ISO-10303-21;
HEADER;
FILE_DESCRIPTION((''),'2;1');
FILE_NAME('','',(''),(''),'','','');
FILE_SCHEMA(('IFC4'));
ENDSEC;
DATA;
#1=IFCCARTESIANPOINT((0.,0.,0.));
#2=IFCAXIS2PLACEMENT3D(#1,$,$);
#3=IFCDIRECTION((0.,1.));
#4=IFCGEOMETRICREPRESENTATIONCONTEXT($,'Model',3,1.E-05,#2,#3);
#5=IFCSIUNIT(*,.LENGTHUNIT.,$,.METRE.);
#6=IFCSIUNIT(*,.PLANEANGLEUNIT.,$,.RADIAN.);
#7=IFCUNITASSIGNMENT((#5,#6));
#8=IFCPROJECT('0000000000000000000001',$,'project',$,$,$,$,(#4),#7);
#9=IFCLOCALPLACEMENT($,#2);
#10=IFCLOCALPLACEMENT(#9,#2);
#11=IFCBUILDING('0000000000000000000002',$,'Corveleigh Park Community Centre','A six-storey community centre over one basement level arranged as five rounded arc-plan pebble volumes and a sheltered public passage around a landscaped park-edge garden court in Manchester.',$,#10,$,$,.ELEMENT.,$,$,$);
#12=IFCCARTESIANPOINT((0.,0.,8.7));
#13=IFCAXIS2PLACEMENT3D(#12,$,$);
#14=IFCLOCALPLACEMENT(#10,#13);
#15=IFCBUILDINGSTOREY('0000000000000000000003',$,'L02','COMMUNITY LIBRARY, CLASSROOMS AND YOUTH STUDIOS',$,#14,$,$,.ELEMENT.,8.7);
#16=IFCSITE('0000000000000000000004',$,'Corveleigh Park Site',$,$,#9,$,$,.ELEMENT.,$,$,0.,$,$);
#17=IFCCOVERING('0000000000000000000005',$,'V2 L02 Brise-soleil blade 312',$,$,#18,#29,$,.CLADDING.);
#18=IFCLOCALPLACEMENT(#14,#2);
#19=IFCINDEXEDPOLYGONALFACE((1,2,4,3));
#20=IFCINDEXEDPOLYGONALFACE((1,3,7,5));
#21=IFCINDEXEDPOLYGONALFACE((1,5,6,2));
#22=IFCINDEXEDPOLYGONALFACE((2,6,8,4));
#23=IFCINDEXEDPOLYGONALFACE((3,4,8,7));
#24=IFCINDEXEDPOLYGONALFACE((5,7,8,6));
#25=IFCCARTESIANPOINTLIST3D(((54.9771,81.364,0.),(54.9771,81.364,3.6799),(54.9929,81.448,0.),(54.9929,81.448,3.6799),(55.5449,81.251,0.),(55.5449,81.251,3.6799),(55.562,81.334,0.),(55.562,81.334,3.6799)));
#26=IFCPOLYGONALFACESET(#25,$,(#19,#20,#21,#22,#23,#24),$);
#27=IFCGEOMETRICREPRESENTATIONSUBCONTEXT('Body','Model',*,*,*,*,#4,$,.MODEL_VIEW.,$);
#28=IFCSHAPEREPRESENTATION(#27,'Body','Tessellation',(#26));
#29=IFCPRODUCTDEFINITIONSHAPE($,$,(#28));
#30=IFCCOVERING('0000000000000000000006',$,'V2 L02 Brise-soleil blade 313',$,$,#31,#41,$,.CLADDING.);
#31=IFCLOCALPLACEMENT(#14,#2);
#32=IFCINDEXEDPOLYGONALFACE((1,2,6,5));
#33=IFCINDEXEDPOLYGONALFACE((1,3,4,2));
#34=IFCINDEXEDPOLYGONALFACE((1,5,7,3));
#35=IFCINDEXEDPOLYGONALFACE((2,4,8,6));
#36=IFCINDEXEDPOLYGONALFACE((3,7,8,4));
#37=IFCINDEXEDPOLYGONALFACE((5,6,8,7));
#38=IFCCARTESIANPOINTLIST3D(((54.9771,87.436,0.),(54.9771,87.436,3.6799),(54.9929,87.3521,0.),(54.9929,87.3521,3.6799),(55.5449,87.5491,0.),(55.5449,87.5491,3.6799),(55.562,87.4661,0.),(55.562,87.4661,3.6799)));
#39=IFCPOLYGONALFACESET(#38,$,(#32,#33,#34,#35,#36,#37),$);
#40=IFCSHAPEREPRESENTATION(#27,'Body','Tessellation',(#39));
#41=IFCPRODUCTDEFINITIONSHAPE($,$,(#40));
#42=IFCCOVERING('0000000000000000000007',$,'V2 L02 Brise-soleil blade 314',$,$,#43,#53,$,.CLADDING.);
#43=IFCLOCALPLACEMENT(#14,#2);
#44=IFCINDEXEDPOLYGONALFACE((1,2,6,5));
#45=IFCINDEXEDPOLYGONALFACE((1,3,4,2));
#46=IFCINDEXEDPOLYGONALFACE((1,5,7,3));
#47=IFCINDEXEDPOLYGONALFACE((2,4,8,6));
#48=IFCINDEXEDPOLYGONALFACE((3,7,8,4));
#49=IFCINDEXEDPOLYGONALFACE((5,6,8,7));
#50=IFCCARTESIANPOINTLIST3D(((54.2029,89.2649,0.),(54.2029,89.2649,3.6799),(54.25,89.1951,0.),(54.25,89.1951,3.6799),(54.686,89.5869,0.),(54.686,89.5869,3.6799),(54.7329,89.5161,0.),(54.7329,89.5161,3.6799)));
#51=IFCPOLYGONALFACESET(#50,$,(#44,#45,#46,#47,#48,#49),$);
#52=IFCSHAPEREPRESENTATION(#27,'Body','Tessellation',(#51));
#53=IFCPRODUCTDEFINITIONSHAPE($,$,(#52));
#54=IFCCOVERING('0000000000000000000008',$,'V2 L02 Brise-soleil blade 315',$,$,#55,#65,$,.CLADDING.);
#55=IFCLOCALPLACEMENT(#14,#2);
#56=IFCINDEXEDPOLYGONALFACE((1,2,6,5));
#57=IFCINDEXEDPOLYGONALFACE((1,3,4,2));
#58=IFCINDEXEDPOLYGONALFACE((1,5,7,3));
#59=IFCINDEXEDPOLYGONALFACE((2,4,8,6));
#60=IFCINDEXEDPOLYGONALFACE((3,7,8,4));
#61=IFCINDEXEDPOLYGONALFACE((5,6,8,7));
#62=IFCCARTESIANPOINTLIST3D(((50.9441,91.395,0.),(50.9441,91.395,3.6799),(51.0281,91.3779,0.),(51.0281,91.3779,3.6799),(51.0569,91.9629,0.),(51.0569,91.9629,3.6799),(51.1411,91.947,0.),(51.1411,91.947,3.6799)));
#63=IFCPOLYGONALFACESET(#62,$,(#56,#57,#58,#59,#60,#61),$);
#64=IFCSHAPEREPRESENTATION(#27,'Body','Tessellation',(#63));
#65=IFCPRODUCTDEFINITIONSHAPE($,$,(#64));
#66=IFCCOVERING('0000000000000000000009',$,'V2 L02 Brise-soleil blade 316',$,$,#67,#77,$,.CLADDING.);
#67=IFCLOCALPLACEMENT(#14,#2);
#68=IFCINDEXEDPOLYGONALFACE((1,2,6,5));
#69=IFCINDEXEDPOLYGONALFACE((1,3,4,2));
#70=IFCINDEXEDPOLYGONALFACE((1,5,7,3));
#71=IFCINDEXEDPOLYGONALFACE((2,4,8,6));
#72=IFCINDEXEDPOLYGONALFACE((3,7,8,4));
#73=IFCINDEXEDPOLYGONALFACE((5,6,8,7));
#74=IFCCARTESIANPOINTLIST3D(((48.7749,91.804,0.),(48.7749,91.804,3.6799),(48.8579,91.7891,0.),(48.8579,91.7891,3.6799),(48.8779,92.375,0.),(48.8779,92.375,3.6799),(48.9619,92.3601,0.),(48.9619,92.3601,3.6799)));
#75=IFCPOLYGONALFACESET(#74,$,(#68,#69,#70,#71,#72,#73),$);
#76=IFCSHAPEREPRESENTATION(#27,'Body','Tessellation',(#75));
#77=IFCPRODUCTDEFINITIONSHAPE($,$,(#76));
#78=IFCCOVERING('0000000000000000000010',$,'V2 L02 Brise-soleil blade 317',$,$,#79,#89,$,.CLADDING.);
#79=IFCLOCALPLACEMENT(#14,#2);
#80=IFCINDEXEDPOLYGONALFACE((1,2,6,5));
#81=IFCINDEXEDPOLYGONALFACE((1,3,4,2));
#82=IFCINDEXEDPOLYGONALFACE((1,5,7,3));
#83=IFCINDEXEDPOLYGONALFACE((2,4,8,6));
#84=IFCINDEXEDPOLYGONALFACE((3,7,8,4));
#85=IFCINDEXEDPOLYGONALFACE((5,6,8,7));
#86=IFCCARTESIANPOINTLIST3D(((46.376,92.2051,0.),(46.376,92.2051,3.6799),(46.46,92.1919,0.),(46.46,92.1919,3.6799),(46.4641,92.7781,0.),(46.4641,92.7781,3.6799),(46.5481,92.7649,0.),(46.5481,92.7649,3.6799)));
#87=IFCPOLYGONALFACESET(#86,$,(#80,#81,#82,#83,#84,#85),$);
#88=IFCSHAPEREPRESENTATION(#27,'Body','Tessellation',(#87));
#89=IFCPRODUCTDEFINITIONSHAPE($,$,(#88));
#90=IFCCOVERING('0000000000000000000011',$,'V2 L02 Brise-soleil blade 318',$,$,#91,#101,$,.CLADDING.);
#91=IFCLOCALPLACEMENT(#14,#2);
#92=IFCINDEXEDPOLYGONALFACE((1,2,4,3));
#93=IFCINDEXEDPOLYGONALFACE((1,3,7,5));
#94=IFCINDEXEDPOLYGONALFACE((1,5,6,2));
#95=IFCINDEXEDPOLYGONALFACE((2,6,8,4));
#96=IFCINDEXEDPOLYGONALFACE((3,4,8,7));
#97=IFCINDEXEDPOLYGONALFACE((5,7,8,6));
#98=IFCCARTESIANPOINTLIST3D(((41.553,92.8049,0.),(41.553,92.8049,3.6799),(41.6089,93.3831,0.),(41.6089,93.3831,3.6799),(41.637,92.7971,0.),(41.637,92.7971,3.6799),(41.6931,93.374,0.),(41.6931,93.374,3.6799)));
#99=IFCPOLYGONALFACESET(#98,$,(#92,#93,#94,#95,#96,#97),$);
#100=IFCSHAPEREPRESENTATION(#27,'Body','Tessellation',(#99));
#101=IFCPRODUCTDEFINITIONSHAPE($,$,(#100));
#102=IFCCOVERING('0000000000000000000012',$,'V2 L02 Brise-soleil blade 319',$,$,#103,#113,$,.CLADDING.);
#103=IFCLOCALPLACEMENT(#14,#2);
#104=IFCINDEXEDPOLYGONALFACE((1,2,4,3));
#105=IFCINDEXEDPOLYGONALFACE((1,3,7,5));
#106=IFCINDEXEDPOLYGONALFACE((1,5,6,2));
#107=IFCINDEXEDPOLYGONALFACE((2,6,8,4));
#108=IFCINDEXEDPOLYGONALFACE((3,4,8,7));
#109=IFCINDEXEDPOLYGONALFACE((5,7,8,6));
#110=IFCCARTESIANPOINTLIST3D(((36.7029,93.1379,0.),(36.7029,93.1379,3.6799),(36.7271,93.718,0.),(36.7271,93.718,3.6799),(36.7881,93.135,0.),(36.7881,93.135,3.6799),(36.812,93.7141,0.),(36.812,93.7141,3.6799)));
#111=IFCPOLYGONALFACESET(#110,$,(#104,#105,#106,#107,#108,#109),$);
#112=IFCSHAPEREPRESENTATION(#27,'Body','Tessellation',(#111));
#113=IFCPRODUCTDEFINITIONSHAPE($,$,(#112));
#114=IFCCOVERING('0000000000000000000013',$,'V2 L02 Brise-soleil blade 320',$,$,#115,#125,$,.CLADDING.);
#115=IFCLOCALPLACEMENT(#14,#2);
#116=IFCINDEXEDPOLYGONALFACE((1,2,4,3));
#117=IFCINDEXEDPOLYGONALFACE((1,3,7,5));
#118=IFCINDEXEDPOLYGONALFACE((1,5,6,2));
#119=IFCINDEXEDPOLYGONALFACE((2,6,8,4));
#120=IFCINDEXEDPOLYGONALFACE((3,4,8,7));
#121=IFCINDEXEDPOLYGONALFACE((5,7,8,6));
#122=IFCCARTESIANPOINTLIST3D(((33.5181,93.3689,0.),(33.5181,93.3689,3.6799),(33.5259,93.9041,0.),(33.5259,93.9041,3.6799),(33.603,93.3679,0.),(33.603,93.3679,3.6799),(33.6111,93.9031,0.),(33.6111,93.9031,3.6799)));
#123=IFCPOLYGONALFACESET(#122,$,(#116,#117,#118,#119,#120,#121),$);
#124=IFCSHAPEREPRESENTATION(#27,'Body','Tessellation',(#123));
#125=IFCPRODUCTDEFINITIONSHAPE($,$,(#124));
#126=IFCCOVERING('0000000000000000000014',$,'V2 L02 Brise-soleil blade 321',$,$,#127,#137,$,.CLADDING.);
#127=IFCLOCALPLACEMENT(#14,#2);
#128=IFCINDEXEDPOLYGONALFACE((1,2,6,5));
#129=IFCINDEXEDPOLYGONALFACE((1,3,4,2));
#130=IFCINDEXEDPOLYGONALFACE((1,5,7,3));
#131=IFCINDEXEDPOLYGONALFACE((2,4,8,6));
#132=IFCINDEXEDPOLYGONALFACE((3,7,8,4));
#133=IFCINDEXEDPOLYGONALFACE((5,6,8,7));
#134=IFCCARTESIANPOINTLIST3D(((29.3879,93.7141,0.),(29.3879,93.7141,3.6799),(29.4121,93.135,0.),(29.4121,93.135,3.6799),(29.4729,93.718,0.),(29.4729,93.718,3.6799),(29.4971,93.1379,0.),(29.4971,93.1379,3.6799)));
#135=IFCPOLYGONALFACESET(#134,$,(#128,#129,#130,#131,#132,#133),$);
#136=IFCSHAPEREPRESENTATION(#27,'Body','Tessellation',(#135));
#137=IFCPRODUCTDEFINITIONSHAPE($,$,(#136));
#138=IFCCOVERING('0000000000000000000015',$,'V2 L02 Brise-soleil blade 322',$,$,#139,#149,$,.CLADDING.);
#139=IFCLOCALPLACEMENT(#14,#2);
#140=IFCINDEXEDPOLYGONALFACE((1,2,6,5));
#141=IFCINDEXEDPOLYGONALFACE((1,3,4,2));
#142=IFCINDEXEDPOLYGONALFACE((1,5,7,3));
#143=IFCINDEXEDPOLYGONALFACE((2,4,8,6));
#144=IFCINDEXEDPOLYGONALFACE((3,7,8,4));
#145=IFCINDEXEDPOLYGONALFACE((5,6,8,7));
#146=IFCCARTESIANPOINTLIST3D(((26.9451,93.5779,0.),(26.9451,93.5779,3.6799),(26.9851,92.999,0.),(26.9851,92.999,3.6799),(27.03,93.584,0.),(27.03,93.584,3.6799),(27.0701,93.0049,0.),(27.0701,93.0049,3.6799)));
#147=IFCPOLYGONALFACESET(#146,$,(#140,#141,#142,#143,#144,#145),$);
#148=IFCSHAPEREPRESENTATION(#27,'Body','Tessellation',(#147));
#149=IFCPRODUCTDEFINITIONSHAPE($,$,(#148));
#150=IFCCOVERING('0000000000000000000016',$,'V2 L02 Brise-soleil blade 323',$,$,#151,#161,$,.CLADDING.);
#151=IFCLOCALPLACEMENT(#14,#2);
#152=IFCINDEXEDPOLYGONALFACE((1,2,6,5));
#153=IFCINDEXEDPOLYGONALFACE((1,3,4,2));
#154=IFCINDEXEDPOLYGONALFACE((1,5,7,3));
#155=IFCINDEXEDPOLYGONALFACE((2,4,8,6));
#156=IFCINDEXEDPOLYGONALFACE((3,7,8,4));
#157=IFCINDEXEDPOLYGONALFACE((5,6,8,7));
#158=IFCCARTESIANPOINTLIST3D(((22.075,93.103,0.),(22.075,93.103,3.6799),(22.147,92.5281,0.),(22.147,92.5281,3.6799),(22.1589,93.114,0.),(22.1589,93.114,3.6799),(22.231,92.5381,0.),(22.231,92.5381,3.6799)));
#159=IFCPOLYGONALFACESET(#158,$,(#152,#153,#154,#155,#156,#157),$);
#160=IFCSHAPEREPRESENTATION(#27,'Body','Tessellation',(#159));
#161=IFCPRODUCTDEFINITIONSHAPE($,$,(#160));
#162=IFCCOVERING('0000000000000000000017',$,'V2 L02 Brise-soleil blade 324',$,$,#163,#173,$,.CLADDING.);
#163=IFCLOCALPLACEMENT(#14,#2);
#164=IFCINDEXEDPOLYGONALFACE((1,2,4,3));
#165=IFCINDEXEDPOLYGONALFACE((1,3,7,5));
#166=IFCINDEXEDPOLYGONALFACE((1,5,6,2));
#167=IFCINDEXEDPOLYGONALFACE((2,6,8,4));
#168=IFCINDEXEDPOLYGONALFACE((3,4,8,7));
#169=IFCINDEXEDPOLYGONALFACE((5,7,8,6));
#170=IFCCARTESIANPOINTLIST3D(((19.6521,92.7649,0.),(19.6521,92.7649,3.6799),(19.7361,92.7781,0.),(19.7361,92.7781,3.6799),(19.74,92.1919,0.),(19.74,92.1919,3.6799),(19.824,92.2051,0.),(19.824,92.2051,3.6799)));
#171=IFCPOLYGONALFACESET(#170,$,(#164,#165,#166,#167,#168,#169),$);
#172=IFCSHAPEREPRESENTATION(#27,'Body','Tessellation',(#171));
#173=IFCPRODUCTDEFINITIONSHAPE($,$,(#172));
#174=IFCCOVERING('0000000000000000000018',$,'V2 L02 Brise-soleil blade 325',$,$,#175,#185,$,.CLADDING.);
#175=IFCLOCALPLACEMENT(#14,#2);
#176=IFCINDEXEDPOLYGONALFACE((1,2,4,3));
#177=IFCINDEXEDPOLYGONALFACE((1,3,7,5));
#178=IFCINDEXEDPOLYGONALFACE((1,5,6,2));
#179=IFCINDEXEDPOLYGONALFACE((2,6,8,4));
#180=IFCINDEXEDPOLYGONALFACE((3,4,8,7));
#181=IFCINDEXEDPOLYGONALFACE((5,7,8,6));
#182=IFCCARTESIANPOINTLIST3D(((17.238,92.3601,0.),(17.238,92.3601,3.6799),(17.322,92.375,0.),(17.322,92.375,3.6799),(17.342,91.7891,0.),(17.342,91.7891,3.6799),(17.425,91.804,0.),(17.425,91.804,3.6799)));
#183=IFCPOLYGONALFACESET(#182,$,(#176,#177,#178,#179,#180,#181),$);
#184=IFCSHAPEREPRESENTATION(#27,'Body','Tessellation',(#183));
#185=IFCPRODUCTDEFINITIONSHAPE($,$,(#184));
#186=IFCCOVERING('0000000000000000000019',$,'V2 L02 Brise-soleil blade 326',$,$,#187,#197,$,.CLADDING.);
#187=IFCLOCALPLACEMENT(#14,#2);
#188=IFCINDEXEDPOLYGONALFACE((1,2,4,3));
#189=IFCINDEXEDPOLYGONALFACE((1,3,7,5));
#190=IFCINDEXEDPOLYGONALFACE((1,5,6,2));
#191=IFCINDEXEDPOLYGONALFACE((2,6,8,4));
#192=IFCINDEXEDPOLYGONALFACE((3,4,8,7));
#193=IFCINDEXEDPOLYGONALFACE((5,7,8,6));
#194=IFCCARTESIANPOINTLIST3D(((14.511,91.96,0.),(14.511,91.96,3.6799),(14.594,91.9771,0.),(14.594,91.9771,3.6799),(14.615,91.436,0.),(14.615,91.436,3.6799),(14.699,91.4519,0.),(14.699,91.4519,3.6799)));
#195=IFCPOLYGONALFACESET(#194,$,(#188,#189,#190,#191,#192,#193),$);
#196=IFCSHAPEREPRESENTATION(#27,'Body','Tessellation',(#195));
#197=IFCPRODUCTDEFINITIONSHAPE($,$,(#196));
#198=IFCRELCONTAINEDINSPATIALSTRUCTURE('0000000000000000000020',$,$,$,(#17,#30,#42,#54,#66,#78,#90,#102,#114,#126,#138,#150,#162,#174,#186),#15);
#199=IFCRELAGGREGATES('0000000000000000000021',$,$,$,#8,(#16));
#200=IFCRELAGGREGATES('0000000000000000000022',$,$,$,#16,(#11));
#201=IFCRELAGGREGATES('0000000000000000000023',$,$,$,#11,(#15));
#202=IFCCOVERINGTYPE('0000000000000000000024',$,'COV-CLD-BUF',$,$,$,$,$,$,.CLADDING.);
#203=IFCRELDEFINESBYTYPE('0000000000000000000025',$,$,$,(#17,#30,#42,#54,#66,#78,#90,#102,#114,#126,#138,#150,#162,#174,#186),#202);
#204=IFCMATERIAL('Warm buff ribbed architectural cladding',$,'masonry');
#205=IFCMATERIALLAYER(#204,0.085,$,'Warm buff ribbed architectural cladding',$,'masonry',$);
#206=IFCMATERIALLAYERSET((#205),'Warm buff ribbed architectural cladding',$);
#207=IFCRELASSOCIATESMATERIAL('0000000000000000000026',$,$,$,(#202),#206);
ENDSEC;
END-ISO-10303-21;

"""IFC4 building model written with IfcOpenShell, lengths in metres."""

from ifc_helpers import new_model, si_unit, direction, frame, origin, place, context, subcontext, project, spatial, polyline, outline, extrude, material, layer, layer_set, type_object, element, save


model = new_model("IFC4")

# Units and contexts
model_context = context("Model", 3, precision=1e-05, world=origin(), true_north=direction((0.0, 1.0)))
body_context = subcontext(model_context, "Body", "Model", "MODEL_VIEW")
ifc_project = project(units=[si_unit("LENGTHUNIT", "METRE"), si_unit("PLANEANGLEUNIT", "RADIAN")], contexts=[model_context])

# Site, building, storey
site_placement = place(None, origin())
site = spatial("IfcSite", under=ifc_project, at=site_placement, Name="Corveleigh Park Site", CompositionType="ELEMENT", RefElevation=0.0)
building_placement = place(site_placement, origin())
building = spatial("IfcBuilding", under=site, at=building_placement, Name="Corveleigh Park Community Centre", Description="A six-storey community centre over one basement level arranged as five rounded arc-plan pebble volumes and a sheltered public passage around a landscaped park-edge garden court in Manchester.", CompositionType="ELEMENT")
storey_placement = place(building_placement, frame((0.0, 0.0, 8.7)))
storey = spatial("IfcBuildingStorey", under=building, at=storey_placement, Name="L02", Description="COMMUNITY LIBRARY, CLASSROOMS AND YOUTH STUDIOS", CompositionType="ELEMENT", Elevation=8.7)

# Coverings
ifc_material = material(Name="Warm buff ribbed architectural cladding", Category="masonry")
ifc_layer = layer(ifc_material, 0.085, Name="Warm buff ribbed architectural cladding", Category="masonry")
ifc_layer_set = layer_set([ifc_layer], Name="Warm buff ribbed architectural cladding")
covering_type = type_object("IfcCoveringType", Name="COV-CLD-BUF", PredefinedType="CLADDING", material=ifc_layer_set)
covering_1_placement = place(storey_placement, origin())
element("IfcCovering", 1, at=covering_1_placement, inside=storey, type_object=covering_type, Name="V2 L02 Brise-soleil blade 312", PredefinedType="CLADDING", context=body_context, shape_type="SweptSolid", body=[
    extrude(outline(polyline([(54.9929, 81.448), (54.9771, 81.364), (55.5449, 81.251), (55.562, 81.334), (54.9929, 81.448)])), origin(), (0.0, 0.0, 1.0), 3.6799),
])
covering_2_placement = place(storey_placement, origin())
element("IfcCovering", 2, at=covering_2_placement, inside=storey, type_object=covering_type, Name="V2 L02 Brise-soleil blade 313", PredefinedType="CLADDING", context=body_context, shape_type="SweptSolid", body=[
    extrude(outline(polyline([(54.9771, 87.436), (54.9929, 87.3521), (55.562, 87.4661), (55.5449, 87.5491), (54.9771, 87.436)])), origin(), (0.0, 0.0, 1.0), 3.6799),
])
covering_3_placement = place(storey_placement, origin())
element("IfcCovering", 3, at=covering_3_placement, inside=storey, type_object=covering_type, Name="V2 L02 Brise-soleil blade 314", PredefinedType="CLADDING", context=body_context, shape_type="SweptSolid", body=[
    extrude(outline(polyline([(54.2029, 89.2649), (54.25, 89.1951), (54.7329, 89.5161), (54.686, 89.5869), (54.2029, 89.2649)])), origin(), (0.0, 0.0, 1.0), 3.6799),
])
covering_4_placement = place(storey_placement, origin())
element("IfcCovering", 4, at=covering_4_placement, inside=storey, type_object=covering_type, Name="V2 L02 Brise-soleil blade 315", PredefinedType="CLADDING", context=body_context, shape_type="SweptSolid", body=[
    extrude(outline(polyline([(50.9441, 91.395), (51.0281, 91.3779), (51.1411, 91.947), (51.0569, 91.9629), (50.9441, 91.395)])), origin(), (0.0, 0.0, 1.0), 3.6799),
])
covering_5_placement = place(storey_placement, origin())
element("IfcCovering", 5, at=covering_5_placement, inside=storey, type_object=covering_type, Name="V2 L02 Brise-soleil blade 316", PredefinedType="CLADDING", context=body_context, shape_type="SweptSolid", body=[
    extrude(outline(polyline([(48.7749, 91.804), (48.8579, 91.7891), (48.9619, 92.3601), (48.8779, 92.375), (48.7749, 91.804)])), origin(), (0.0, 0.0, 1.0), 3.6799),
])
covering_6_placement = place(storey_placement, origin())
element("IfcCovering", 6, at=covering_6_placement, inside=storey, type_object=covering_type, Name="V2 L02 Brise-soleil blade 317", PredefinedType="CLADDING", context=body_context, shape_type="SweptSolid", body=[
    extrude(outline(polyline([(46.376, 92.2051), (46.46, 92.1919), (46.5481, 92.7649), (46.4641, 92.7781), (46.376, 92.2051)])), origin(), (0.0, 0.0, 1.0), 3.6799),
])
covering_7_placement = place(storey_placement, origin())
element("IfcCovering", 7, at=covering_7_placement, inside=storey, type_object=covering_type, Name="V2 L02 Brise-soleil blade 318", PredefinedType="CLADDING", context=body_context, shape_type="SweptSolid", body=[
    extrude(outline(polyline([(41.553, 92.8049), (41.637, 92.7971), (41.6931, 93.374), (41.6089, 93.3831), (41.553, 92.8049)])), origin(), (0.0, 0.0, 1.0), 3.6799),
])
covering_8_placement = place(storey_placement, origin())
element("IfcCovering", 8, at=covering_8_placement, inside=storey, type_object=covering_type, Name="V2 L02 Brise-soleil blade 319", PredefinedType="CLADDING", context=body_context, shape_type="SweptSolid", body=[
    extrude(outline(polyline([(36.7029, 93.1379), (36.7881, 93.135), (36.812, 93.7141), (36.7271, 93.718), (36.7029, 93.1379)])), origin(), (0.0, 0.0, 1.0), 3.6799),
])
covering_9_placement = place(storey_placement, origin())
element("IfcCovering", 9, at=covering_9_placement, inside=storey, type_object=covering_type, Name="V2 L02 Brise-soleil blade 320", PredefinedType="CLADDING", context=body_context, shape_type="SweptSolid", body=[
    extrude(outline(polyline([(33.5181, 93.3689), (33.603, 93.3679), (33.6111, 93.9031), (33.5259, 93.9041), (33.5181, 93.3689)])), origin(), (0.0, 0.0, 1.0), 3.6799),
])
covering_10_placement = place(storey_placement, origin())
element("IfcCovering", 10, at=covering_10_placement, inside=storey, type_object=covering_type, Name="V2 L02 Brise-soleil blade 321", PredefinedType="CLADDING", context=body_context, shape_type="SweptSolid", body=[
    extrude(outline(polyline([(29.4121, 93.135), (29.4971, 93.1379), (29.4729, 93.718), (29.3879, 93.7141), (29.4121, 93.135)])), origin(), (0.0, 0.0, 1.0), 3.6799),
])
covering_11_placement = place(storey_placement, origin())
element("IfcCovering", 11, at=covering_11_placement, inside=storey, type_object=covering_type, Name="V2 L02 Brise-soleil blade 322", PredefinedType="CLADDING", context=body_context, shape_type="SweptSolid", body=[
    extrude(outline(polyline([(26.9851, 92.999), (27.0701, 93.0049), (27.03, 93.584), (26.9451, 93.5779), (26.9851, 92.999)])), origin(), (0.0, 0.0, 1.0), 3.6799),
])
covering_12_placement = place(storey_placement, origin())
element("IfcCovering", 12, at=covering_12_placement, inside=storey, type_object=covering_type, Name="V2 L02 Brise-soleil blade 323", PredefinedType="CLADDING", context=body_context, shape_type="SweptSolid", body=[
    extrude(outline(polyline([(22.147, 92.5281), (22.231, 92.5381), (22.1589, 93.114), (22.075, 93.103), (22.147, 92.5281)])), origin(), (0.0, 0.0, 1.0), 3.6799),
])
covering_13_placement = place(storey_placement, origin())
element("IfcCovering", 13, at=covering_13_placement, inside=storey, type_object=covering_type, Name="V2 L02 Brise-soleil blade 324", PredefinedType="CLADDING", context=body_context, shape_type="SweptSolid", body=[
    extrude(outline(polyline([(19.74, 92.1919), (19.824, 92.2051), (19.7361, 92.7781), (19.6521, 92.7649), (19.74, 92.1919)])), origin(), (0.0, 0.0, 1.0), 3.6799),
])
covering_14_placement = place(storey_placement, origin())
element("IfcCovering", 14, at=covering_14_placement, inside=storey, type_object=covering_type, Name="V2 L02 Brise-soleil blade 325", PredefinedType="CLADDING", context=body_context, shape_type="SweptSolid", body=[
    extrude(outline(polyline([(17.342, 91.7891), (17.425, 91.804), (17.322, 92.375), (17.238, 92.3601), (17.342, 91.7891)])), origin(), (0.0, 0.0, 1.0), 3.6799),
])
covering_15_placement = place(storey_placement, origin())
element("IfcCovering", 15, at=covering_15_placement, inside=storey, type_object=covering_type, Name="V2 L02 Brise-soleil blade 326", PredefinedType="CLADDING", context=body_context, shape_type="SweptSolid", body=[
    extrude(outline(polyline([(14.615, 91.436), (14.699, 91.4519), (14.594, 91.9771), (14.511, 91.96), (14.615, 91.436)])), origin(), (0.0, 0.0, 1.0), 3.6799),
])

save(model, "model.ifc")
